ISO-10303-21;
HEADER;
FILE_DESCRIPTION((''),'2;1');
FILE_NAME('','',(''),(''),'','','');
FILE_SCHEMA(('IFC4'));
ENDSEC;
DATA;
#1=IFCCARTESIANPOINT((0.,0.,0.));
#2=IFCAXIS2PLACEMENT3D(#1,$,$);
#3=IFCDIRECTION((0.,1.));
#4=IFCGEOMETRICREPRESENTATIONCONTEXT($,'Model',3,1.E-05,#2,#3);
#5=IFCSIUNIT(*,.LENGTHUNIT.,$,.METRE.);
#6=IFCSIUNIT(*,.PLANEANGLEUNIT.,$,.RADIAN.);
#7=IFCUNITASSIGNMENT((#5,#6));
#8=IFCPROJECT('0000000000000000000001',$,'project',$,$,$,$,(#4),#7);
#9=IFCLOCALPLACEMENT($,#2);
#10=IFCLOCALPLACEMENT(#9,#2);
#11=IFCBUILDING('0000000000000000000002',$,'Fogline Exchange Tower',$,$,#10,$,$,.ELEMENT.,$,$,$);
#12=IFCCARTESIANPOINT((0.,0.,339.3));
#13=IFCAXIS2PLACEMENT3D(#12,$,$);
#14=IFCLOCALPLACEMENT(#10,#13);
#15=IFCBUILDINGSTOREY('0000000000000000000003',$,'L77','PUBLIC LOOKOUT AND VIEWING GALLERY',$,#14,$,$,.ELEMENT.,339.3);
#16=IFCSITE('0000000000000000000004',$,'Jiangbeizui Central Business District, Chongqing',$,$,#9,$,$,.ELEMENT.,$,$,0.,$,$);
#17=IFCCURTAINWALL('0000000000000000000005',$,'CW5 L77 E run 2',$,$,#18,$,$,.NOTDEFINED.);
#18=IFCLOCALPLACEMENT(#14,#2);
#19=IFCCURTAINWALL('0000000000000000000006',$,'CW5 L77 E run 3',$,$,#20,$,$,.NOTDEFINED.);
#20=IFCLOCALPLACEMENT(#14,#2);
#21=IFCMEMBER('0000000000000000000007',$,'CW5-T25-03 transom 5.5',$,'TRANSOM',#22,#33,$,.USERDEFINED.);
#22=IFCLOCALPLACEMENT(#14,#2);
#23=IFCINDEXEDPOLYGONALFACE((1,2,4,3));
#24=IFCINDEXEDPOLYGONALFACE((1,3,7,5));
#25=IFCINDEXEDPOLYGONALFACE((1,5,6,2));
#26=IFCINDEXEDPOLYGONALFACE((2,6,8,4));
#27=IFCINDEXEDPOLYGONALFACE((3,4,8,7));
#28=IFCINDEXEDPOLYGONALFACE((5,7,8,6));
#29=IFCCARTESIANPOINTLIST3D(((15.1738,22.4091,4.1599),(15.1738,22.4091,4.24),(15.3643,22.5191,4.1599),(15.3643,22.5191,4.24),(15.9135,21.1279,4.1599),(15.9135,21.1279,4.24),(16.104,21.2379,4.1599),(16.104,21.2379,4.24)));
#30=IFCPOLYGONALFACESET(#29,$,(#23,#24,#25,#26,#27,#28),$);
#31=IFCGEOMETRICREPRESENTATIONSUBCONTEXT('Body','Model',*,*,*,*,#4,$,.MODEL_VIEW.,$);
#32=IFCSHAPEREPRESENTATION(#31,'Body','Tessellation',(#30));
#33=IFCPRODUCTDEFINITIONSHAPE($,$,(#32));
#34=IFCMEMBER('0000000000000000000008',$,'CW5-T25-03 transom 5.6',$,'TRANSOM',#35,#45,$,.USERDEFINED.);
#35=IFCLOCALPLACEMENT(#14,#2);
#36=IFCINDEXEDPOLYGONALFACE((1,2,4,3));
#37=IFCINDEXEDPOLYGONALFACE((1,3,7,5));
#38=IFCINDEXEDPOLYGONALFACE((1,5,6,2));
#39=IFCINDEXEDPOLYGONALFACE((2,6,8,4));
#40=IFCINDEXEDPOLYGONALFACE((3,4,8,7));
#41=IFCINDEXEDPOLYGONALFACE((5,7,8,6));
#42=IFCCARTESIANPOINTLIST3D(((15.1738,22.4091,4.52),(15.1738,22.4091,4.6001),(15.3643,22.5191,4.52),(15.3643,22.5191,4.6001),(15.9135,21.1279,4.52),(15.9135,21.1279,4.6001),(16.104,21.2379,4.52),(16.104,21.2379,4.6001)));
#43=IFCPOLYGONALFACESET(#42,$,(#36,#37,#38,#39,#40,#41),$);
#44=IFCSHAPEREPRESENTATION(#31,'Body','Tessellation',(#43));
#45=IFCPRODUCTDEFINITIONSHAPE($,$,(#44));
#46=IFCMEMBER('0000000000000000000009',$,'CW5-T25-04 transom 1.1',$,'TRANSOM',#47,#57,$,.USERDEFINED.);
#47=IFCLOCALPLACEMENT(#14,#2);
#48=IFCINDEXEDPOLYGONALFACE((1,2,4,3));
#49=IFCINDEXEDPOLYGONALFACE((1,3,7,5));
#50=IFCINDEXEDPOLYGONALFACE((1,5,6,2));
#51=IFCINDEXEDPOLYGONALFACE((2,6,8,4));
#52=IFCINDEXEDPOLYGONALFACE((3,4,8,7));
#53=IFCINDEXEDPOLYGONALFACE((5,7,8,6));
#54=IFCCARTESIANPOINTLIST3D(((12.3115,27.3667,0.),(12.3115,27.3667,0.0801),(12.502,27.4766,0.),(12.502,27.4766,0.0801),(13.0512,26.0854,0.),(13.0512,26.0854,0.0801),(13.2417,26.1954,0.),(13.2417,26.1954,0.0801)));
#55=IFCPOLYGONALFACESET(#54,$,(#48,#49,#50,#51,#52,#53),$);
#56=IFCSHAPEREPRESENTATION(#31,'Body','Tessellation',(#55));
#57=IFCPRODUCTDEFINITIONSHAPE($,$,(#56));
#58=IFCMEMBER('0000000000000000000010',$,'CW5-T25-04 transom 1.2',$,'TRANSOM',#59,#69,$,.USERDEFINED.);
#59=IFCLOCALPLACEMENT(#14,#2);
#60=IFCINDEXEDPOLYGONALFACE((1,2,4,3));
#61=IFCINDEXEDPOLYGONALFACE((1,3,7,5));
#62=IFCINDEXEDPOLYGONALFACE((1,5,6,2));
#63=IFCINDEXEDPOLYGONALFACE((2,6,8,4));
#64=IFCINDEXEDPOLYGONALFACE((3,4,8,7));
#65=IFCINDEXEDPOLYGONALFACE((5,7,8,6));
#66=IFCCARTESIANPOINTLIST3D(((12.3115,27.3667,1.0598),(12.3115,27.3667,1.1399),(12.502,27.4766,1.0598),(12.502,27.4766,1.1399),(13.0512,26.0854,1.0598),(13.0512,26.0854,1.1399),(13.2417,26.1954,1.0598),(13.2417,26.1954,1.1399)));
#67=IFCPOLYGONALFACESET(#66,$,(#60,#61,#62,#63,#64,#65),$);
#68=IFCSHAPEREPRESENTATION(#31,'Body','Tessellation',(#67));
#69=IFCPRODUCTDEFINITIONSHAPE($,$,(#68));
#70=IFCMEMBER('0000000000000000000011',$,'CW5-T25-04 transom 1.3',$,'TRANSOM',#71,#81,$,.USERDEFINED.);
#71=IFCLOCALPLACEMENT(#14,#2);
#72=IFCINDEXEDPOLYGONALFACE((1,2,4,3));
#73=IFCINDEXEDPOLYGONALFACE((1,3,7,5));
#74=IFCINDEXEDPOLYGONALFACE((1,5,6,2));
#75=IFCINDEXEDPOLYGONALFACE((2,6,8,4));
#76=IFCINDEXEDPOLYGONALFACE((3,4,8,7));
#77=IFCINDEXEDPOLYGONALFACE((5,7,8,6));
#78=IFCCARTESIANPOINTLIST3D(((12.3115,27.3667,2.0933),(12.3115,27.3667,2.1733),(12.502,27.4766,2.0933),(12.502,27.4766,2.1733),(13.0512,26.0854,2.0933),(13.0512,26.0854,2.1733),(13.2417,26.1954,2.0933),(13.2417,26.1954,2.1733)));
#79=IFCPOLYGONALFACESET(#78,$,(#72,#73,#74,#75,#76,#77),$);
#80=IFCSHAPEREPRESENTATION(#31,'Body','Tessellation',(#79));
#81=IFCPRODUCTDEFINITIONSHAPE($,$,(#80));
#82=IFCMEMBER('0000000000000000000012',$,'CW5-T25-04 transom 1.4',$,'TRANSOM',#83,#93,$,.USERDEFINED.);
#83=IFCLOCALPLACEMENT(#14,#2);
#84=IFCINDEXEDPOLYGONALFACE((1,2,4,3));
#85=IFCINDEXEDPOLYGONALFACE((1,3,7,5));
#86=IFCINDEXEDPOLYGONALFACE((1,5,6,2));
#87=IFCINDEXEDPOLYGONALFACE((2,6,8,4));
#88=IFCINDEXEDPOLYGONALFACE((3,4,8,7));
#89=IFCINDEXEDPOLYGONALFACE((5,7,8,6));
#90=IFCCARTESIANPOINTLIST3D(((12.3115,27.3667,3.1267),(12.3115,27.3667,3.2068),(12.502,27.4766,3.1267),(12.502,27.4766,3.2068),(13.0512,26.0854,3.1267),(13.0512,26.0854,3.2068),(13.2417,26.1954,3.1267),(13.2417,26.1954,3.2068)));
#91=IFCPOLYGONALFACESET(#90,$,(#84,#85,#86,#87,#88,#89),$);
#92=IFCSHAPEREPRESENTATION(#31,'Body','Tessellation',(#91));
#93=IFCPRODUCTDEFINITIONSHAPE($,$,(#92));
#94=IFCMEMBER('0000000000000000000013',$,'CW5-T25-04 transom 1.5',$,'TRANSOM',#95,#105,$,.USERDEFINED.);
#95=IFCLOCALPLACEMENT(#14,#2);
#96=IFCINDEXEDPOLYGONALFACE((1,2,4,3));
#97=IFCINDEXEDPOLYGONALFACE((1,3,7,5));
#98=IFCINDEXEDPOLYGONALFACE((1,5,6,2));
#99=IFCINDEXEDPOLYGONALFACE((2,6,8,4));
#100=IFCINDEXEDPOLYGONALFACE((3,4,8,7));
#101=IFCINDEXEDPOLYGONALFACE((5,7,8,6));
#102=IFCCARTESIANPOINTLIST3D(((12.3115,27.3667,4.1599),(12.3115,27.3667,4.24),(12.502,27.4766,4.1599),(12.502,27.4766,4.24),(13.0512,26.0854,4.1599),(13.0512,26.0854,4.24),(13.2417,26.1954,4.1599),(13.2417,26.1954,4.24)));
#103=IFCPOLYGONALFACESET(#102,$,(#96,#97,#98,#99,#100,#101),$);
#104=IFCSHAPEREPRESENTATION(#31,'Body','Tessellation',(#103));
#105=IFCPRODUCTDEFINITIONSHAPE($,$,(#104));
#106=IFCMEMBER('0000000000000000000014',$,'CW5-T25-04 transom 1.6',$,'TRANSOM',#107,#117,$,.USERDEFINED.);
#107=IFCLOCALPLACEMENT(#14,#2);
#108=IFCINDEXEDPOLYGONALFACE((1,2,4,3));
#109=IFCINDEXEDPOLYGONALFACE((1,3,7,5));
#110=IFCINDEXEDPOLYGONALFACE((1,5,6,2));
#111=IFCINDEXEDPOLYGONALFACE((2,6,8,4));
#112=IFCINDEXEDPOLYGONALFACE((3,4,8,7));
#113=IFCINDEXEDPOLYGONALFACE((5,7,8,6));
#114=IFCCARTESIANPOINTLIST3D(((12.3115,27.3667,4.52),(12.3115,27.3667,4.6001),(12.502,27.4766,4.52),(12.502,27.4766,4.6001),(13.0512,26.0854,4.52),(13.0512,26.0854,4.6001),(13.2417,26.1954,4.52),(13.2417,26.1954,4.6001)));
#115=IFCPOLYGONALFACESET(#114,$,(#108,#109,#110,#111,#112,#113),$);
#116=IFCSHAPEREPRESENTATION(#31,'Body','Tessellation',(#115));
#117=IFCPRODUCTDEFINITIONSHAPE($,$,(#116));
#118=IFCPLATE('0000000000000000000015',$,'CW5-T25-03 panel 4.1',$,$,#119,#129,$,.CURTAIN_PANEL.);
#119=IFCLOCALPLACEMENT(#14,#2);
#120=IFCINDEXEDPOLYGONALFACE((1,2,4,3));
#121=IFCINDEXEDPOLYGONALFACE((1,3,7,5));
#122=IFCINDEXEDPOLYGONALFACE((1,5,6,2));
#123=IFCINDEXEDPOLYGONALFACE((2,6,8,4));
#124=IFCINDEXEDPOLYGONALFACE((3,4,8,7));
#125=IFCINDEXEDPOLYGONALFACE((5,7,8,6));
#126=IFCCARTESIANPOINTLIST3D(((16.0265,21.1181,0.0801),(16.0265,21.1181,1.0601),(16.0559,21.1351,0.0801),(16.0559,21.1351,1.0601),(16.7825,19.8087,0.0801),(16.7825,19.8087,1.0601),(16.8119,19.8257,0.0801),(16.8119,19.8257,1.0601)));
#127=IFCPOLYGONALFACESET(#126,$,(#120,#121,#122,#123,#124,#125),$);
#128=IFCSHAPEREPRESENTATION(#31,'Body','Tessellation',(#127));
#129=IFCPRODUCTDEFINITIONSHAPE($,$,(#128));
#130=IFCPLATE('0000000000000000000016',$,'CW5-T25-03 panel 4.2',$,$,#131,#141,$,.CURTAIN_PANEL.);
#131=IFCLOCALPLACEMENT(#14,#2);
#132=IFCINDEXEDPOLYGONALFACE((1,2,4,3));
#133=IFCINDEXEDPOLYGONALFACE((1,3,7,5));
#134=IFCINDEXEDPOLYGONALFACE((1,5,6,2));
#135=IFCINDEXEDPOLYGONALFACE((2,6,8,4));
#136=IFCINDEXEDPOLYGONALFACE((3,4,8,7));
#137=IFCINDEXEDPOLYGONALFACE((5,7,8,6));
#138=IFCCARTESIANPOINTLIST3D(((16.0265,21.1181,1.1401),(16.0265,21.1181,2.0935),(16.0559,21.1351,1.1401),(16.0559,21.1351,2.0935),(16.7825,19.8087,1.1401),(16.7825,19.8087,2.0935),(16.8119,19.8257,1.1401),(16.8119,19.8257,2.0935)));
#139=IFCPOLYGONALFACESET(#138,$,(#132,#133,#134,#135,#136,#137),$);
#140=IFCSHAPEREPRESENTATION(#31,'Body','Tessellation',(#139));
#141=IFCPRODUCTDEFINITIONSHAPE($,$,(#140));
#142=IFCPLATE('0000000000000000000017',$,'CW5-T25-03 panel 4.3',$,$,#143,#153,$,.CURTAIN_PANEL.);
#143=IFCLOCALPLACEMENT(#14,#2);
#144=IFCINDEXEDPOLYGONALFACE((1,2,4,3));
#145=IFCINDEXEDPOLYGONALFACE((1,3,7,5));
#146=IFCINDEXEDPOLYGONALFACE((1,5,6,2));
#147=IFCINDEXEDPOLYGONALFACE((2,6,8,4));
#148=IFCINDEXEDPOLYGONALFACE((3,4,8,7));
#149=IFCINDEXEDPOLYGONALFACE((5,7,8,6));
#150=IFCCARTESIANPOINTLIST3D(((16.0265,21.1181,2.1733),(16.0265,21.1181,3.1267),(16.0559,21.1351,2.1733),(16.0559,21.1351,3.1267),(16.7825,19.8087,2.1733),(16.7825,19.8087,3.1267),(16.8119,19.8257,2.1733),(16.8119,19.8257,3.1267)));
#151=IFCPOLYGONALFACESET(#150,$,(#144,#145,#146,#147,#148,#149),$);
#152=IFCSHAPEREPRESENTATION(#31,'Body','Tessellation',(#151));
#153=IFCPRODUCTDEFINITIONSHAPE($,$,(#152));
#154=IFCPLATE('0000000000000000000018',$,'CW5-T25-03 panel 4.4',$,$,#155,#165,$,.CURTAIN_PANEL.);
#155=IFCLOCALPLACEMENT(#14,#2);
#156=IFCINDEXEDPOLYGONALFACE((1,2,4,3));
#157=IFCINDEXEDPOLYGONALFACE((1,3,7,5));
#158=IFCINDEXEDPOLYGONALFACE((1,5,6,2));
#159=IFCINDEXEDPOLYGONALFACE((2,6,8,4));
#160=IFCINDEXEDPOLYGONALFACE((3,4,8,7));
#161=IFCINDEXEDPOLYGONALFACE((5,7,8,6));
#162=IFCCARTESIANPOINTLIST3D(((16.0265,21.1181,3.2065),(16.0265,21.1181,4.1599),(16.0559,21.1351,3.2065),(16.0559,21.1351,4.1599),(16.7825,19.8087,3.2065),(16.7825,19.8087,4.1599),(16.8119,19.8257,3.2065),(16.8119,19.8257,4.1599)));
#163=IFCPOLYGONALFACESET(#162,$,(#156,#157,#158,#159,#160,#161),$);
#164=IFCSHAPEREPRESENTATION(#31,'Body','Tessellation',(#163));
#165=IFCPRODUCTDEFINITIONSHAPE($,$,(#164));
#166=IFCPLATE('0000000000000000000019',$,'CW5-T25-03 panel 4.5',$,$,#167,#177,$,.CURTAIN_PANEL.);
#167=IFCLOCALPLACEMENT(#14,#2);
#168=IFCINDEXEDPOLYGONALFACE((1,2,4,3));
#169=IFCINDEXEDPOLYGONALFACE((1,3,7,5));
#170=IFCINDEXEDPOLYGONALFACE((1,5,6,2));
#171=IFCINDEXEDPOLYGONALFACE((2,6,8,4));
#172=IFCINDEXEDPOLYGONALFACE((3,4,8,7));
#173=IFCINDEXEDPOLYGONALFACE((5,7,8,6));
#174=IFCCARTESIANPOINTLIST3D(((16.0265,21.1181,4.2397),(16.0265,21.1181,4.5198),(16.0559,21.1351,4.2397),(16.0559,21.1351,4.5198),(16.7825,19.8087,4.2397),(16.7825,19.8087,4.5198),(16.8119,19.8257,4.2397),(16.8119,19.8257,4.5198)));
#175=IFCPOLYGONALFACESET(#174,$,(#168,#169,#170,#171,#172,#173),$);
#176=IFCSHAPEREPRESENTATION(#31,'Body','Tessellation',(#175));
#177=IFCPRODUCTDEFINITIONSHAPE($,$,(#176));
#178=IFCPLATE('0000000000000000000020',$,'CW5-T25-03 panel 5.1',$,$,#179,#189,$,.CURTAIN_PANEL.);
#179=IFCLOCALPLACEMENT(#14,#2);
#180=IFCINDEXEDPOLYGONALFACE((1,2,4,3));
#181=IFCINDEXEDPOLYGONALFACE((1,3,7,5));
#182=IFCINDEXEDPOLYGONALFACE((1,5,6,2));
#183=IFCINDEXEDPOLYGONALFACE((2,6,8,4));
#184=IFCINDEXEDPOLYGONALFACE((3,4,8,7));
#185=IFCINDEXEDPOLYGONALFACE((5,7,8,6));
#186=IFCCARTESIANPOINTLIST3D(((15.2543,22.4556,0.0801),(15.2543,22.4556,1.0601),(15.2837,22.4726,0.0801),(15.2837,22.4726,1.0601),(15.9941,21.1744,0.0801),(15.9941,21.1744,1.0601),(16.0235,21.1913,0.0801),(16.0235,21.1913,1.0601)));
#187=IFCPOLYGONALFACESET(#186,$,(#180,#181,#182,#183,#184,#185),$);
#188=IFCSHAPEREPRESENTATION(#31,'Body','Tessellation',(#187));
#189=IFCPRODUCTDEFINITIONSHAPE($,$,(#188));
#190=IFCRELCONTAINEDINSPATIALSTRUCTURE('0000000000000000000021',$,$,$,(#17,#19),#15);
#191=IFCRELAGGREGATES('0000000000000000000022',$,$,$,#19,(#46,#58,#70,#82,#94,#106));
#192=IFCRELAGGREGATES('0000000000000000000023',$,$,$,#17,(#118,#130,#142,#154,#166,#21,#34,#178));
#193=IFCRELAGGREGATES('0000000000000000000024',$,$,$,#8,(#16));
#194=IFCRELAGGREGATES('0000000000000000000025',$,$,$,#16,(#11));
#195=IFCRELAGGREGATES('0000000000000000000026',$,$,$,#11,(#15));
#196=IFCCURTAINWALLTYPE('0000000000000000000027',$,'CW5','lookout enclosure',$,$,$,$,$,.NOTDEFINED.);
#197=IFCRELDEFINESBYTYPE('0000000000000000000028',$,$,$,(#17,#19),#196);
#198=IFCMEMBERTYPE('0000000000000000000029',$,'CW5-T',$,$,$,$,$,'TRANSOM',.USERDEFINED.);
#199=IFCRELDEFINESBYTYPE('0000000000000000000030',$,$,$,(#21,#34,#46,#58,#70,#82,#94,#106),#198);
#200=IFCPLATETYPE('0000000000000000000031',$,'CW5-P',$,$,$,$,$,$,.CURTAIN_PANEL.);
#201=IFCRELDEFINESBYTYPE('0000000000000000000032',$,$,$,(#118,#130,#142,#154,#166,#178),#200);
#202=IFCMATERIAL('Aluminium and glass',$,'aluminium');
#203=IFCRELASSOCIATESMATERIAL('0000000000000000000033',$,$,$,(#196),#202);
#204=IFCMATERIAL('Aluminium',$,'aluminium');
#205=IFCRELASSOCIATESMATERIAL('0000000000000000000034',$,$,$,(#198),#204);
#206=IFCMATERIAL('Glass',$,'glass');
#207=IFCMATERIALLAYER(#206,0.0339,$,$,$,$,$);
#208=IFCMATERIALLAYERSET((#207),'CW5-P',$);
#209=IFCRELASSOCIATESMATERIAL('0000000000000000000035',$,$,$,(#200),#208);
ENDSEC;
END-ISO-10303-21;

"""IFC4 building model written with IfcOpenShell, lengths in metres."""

from ifc_helpers import new_model, si_unit, direction, frame, origin, origin_2d, place, context, subcontext, project, spatial, rectangle, extrude, material, layer, layer_set, material_profile, profile_set, type_object, element, aggregate, save


model = new_model("IFC4")

# Units and contexts
model_context = context("Model", 3, precision=1e-05, world=origin(), true_north=direction((0.0, 1.0)))
body_context = subcontext(model_context, "Body", "Model", "MODEL_VIEW")
ifc_project = project(units=[si_unit("LENGTHUNIT", "METRE"), si_unit("PLANEANGLEUNIT", "RADIAN")], contexts=[model_context])

# Site, building, storey
site_placement = place(None, origin())
site = spatial("IfcSite", under=ifc_project, at=site_placement, Name="Jiangbeizui Central Business District, Chongqing", CompositionType="ELEMENT", RefElevation=0.0)
building_placement = place(site_placement, origin())
building = spatial("IfcBuilding", under=site, at=building_placement, Name="Fogline Exchange Tower", CompositionType="ELEMENT")
storey_placement = place(building_placement, frame((0.0, 0.0, 339.3)))
storey = spatial("IfcBuildingStorey", under=building, at=storey_placement, Name="L77", Description="PUBLIC LOOKOUT AND VIEWING GALLERY", CompositionType="ELEMENT", Elevation=339.3)

# Curtain wall
ifc_material_1 = material(Name="Aluminium and glass", Category="aluminium")
curtain_wall_type = type_object("IfcCurtainWallType", Name="CW5", Description="lookout enclosure", PredefinedType="NOTDEFINED", material=ifc_material_1)
curtain_wall_1_placement = place(storey_placement, origin())
curtain_wall_1 = element("IfcCurtainWall", 1, at=curtain_wall_1_placement, inside=storey, type_object=curtain_wall_type, Name="CW5 L77 E run 2", PredefinedType="NOTDEFINED")
ifc_material_2 = material(Name="Aluminium", Category="aluminium")

# Curtain wall
curtain_wall_2_placement = place(storey_placement, origin())
curtain_wall_2 = element("IfcCurtainWall", 2, at=curtain_wall_2_placement, inside=storey, type_object=curtain_wall_type, Name="CW5 L77 E run 3", PredefinedType="NOTDEFINED")

# Members
ifc_material_profile_1 = material_profile(ifc_material_2, rectangle(XDim=0.22, YDim=0.0801, at=origin_2d()), Name="Transom 80x220")
ifc_profile_set_1 = profile_set([ifc_material_profile_1], Name="Aluminium")
member_type_1 = type_object("IfcMemberType", Name="CW5-T", ElementType="TRANSOM", PredefinedType="USERDEFINED", material=ifc_profile_set_1)
member_1_placement = place(storey_placement, frame((16.0088, 21.1829, 4.2), z_axis=(-0.500008, 0.866021, 0.0), x_axis=(-0.866021, -0.500008, 0.0)))
member_1 = element("IfcMember", 3, at=member_1_placement, type_object=member_type_1, Name="CW5-T25-03 transom 5.5", ObjectType="TRANSOM", PredefinedType="USERDEFINED", context=body_context, shape_type="SweptSolid", body=[
    extrude(rectangle(XDim=0.22, YDim=0.0801, at=origin_2d()), origin(), (0.0, 0.0, 1.0), 1.4795),
])
member_2_placement = place(storey_placement, frame((16.0088, 21.1829, 4.5601), z_axis=(-0.500008, 0.866021, 0.0), x_axis=(-0.866021, -0.500008, 0.0)))
member_2 = element("IfcMember", 4, at=member_2_placement, type_object=member_type_1, Name="CW5-T25-03 transom 5.6", ObjectType="TRANSOM", PredefinedType="USERDEFINED", context=body_context, shape_type="SweptSolid", body=[
    extrude(rectangle(XDim=0.22, YDim=0.0801, at=origin_2d()), origin(), (0.0, 0.0, 1.0), 1.4795),
])
member_3_placement = place(storey_placement, frame((13.1465, 26.1404, 0.04), z_axis=(-0.500008, 0.866021, 0.0), x_axis=(-0.866021, -0.500008, 0.0)))
member_3 = element("IfcMember", 5, at=member_3_placement, type_object=member_type_1, Name="CW5-T25-04 transom 1.1", ObjectType="TRANSOM", PredefinedType="USERDEFINED", context=body_context, shape_type="SweptSolid", body=[
    extrude(rectangle(XDim=0.22, YDim=0.0801, at=origin_2d()), origin(), (0.0, 0.0, 1.0), 1.4795),
])
member_4_placement = place(storey_placement, frame((13.1465, 26.1404, 1.0999), z_axis=(-0.500008, 0.866021, 0.0), x_axis=(-0.866021, -0.500008, 0.0)))
member_4 = element("IfcMember", 6, at=member_4_placement, type_object=member_type_1, Name="CW5-T25-04 transom 1.2", ObjectType="TRANSOM", PredefinedType="USERDEFINED", context=body_context, shape_type="SweptSolid", body=[
    extrude(rectangle(XDim=0.22, YDim=0.0801, at=origin_2d()), origin(), (0.0, 0.0, 1.0), 1.4795),
])
member_5_placement = place(storey_placement, frame((13.1465, 26.1404, 2.1333), z_axis=(-0.500008, 0.866021, 0.0), x_axis=(-0.866021, -0.500008, 0.0)))
member_5 = element("IfcMember", 7, at=member_5_placement, type_object=member_type_1, Name="CW5-T25-04 transom 1.3", ObjectType="TRANSOM", PredefinedType="USERDEFINED", context=body_context, shape_type="SweptSolid", body=[
    extrude(rectangle(XDim=0.22, YDim=0.0801, at=origin_2d()), origin(), (0.0, 0.0, 1.0), 1.4795),
])
member_6_placement = place(storey_placement, frame((13.1465, 26.1404, 3.1667), z_axis=(-0.500008, 0.866021, 0.0), x_axis=(-0.866021, -0.500008, 0.0)))
member_6 = element("IfcMember", 8, at=member_6_placement, type_object=member_type_1, Name="CW5-T25-04 transom 1.4", ObjectType="TRANSOM", PredefinedType="USERDEFINED", context=body_context, shape_type="SweptSolid", body=[
    extrude(rectangle(XDim=0.22, YDim=0.0801, at=origin_2d()), origin(), (0.0, 0.0, 1.0), 1.4795),
])
member_7_placement = place(storey_placement, frame((13.1465, 26.1404, 4.2), z_axis=(-0.500008, 0.866021, 0.0), x_axis=(-0.866021, -0.500008, 0.0)))
member_7 = element("IfcMember", 9, at=member_7_placement, type_object=member_type_1, Name="CW5-T25-04 transom 1.5", ObjectType="TRANSOM", PredefinedType="USERDEFINED", context=body_context, shape_type="SweptSolid", body=[
    extrude(rectangle(XDim=0.22, YDim=0.0801, at=origin_2d()), origin(), (0.0, 0.0, 1.0), 1.4795),
])
member_8_placement = place(storey_placement, frame((13.1465, 26.1404, 4.5601), z_axis=(-0.500008, 0.866021, 0.0), x_axis=(-0.866021, -0.500008, 0.0)))
member_8 = element("IfcMember", 10, at=member_8_placement, type_object=member_type_1, Name="CW5-T25-04 transom 1.6", ObjectType="TRANSOM", PredefinedType="USERDEFINED", context=body_context, shape_type="SweptSolid", body=[
    extrude(rectangle(XDim=0.22, YDim=0.0801, at=origin_2d()), origin(), (0.0, 0.0, 1.0), 1.4795),
])
aggregate(curtain_wall_2, [member_3, member_4, member_5, member_6, member_7, member_8])

# Plates
ifc_material_3 = material(Name="Glass", Category="glass")
ifc_layer_1 = layer(ifc_material_3, 0.0339)
ifc_layer_set_1 = layer_set([ifc_layer_1], Name="CW5-P")
plate_type = type_object("IfcPlateType", Name="CW5-P", PredefinedType="CURTAIN_PANEL", material=ifc_layer_set_1)
plate_1_placement = place(storey_placement, frame((16.4192, 20.4719, 0.0801), z_axis=(0.0, 0.0, 1.0), x_axis=(-0.5, 0.866025, 0.0)))
plate_1 = element("IfcPlate", 11, at=plate_1_placement, type_object=plate_type, Name="CW5-T25-03 panel 4.1", PredefinedType="CURTAIN_PANEL", context=body_context, shape_type="SweptSolid", body=[
    extrude(rectangle(XDim=1.512, YDim=0.0339, at=origin_2d()), origin(), (0.0, 0.0, 1.0), 0.98),
])
plate_2_placement = place(storey_placement, frame((16.4192, 20.4719, 1.1401), z_axis=(0.0, 0.0, 1.0), x_axis=(-0.5, 0.866025, 0.0)))
plate_2 = element("IfcPlate", 12, at=plate_2_placement, type_object=plate_type, Name="CW5-T25-03 panel 4.2", PredefinedType="CURTAIN_PANEL", context=body_context, shape_type="SweptSolid", body=[
    extrude(rectangle(XDim=1.512, YDim=0.0339, at=origin_2d()), origin(), (0.0, 0.0, 1.0), 0.9534),
])
plate_3_placement = place(storey_placement, frame((16.4192, 20.4719, 2.1733), z_axis=(0.0, 0.0, 1.0), x_axis=(-0.5, 0.866025, 0.0)))
plate_3 = element("IfcPlate", 13, at=plate_3_placement, type_object=plate_type, Name="CW5-T25-03 panel 4.3", PredefinedType="CURTAIN_PANEL", context=body_context, shape_type="SweptSolid", body=[
    extrude(rectangle(XDim=1.512, YDim=0.0339, at=origin_2d()), origin(), (0.0, 0.0, 1.0), 0.9534),
])
plate_4_placement = place(storey_placement, frame((16.4192, 20.4719, 3.2065), z_axis=(0.0, 0.0, 1.0), x_axis=(-0.5, 0.866025, 0.0)))
plate_4 = element("IfcPlate", 14, at=plate_4_placement, type_object=plate_type, Name="CW5-T25-03 panel 4.4", PredefinedType="CURTAIN_PANEL", context=body_context, shape_type="SweptSolid", body=[
    extrude(rectangle(XDim=1.512, YDim=0.0339, at=origin_2d()), origin(), (0.0, 0.0, 1.0), 0.9534),
])
plate_5_placement = place(storey_placement, frame((16.4192, 20.4719, 4.2397), z_axis=(0.0, 0.0, 1.0), x_axis=(-0.5, 0.866025, 0.0)))
plate_5 = element("IfcPlate", 15, at=plate_5_placement, type_object=plate_type, Name="CW5-T25-03 panel 4.5", PredefinedType="CURTAIN_PANEL", context=body_context, shape_type="SweptSolid", body=[
    extrude(rectangle(XDim=1.512, YDim=0.0339, at=origin_2d()), origin(), (0.0, 0.0, 1.0), 0.28),
])
plate_6_placement = place(storey_placement, frame((15.6389, 21.8235, 0.0801), z_axis=(0.0, 0.0, 1.0), x_axis=(-0.5, 0.866025, 0.0)))
plate_6 = element("IfcPlate", 16, at=plate_6_placement, type_object=plate_type, Name="CW5-T25-03 panel 5.1", PredefinedType="CURTAIN_PANEL", context=body_context, shape_type="SweptSolid", body=[
    extrude(rectangle(XDim=1.4795, YDim=0.0339, at=origin_2d()), origin(), (0.0, 0.0, 1.0), 0.98),
])
aggregate(curtain_wall_1, [plate_1, plate_2, plate_3, plate_4, plate_5, member_1, member_2, plate_6])

save(model, "model.ifc")
